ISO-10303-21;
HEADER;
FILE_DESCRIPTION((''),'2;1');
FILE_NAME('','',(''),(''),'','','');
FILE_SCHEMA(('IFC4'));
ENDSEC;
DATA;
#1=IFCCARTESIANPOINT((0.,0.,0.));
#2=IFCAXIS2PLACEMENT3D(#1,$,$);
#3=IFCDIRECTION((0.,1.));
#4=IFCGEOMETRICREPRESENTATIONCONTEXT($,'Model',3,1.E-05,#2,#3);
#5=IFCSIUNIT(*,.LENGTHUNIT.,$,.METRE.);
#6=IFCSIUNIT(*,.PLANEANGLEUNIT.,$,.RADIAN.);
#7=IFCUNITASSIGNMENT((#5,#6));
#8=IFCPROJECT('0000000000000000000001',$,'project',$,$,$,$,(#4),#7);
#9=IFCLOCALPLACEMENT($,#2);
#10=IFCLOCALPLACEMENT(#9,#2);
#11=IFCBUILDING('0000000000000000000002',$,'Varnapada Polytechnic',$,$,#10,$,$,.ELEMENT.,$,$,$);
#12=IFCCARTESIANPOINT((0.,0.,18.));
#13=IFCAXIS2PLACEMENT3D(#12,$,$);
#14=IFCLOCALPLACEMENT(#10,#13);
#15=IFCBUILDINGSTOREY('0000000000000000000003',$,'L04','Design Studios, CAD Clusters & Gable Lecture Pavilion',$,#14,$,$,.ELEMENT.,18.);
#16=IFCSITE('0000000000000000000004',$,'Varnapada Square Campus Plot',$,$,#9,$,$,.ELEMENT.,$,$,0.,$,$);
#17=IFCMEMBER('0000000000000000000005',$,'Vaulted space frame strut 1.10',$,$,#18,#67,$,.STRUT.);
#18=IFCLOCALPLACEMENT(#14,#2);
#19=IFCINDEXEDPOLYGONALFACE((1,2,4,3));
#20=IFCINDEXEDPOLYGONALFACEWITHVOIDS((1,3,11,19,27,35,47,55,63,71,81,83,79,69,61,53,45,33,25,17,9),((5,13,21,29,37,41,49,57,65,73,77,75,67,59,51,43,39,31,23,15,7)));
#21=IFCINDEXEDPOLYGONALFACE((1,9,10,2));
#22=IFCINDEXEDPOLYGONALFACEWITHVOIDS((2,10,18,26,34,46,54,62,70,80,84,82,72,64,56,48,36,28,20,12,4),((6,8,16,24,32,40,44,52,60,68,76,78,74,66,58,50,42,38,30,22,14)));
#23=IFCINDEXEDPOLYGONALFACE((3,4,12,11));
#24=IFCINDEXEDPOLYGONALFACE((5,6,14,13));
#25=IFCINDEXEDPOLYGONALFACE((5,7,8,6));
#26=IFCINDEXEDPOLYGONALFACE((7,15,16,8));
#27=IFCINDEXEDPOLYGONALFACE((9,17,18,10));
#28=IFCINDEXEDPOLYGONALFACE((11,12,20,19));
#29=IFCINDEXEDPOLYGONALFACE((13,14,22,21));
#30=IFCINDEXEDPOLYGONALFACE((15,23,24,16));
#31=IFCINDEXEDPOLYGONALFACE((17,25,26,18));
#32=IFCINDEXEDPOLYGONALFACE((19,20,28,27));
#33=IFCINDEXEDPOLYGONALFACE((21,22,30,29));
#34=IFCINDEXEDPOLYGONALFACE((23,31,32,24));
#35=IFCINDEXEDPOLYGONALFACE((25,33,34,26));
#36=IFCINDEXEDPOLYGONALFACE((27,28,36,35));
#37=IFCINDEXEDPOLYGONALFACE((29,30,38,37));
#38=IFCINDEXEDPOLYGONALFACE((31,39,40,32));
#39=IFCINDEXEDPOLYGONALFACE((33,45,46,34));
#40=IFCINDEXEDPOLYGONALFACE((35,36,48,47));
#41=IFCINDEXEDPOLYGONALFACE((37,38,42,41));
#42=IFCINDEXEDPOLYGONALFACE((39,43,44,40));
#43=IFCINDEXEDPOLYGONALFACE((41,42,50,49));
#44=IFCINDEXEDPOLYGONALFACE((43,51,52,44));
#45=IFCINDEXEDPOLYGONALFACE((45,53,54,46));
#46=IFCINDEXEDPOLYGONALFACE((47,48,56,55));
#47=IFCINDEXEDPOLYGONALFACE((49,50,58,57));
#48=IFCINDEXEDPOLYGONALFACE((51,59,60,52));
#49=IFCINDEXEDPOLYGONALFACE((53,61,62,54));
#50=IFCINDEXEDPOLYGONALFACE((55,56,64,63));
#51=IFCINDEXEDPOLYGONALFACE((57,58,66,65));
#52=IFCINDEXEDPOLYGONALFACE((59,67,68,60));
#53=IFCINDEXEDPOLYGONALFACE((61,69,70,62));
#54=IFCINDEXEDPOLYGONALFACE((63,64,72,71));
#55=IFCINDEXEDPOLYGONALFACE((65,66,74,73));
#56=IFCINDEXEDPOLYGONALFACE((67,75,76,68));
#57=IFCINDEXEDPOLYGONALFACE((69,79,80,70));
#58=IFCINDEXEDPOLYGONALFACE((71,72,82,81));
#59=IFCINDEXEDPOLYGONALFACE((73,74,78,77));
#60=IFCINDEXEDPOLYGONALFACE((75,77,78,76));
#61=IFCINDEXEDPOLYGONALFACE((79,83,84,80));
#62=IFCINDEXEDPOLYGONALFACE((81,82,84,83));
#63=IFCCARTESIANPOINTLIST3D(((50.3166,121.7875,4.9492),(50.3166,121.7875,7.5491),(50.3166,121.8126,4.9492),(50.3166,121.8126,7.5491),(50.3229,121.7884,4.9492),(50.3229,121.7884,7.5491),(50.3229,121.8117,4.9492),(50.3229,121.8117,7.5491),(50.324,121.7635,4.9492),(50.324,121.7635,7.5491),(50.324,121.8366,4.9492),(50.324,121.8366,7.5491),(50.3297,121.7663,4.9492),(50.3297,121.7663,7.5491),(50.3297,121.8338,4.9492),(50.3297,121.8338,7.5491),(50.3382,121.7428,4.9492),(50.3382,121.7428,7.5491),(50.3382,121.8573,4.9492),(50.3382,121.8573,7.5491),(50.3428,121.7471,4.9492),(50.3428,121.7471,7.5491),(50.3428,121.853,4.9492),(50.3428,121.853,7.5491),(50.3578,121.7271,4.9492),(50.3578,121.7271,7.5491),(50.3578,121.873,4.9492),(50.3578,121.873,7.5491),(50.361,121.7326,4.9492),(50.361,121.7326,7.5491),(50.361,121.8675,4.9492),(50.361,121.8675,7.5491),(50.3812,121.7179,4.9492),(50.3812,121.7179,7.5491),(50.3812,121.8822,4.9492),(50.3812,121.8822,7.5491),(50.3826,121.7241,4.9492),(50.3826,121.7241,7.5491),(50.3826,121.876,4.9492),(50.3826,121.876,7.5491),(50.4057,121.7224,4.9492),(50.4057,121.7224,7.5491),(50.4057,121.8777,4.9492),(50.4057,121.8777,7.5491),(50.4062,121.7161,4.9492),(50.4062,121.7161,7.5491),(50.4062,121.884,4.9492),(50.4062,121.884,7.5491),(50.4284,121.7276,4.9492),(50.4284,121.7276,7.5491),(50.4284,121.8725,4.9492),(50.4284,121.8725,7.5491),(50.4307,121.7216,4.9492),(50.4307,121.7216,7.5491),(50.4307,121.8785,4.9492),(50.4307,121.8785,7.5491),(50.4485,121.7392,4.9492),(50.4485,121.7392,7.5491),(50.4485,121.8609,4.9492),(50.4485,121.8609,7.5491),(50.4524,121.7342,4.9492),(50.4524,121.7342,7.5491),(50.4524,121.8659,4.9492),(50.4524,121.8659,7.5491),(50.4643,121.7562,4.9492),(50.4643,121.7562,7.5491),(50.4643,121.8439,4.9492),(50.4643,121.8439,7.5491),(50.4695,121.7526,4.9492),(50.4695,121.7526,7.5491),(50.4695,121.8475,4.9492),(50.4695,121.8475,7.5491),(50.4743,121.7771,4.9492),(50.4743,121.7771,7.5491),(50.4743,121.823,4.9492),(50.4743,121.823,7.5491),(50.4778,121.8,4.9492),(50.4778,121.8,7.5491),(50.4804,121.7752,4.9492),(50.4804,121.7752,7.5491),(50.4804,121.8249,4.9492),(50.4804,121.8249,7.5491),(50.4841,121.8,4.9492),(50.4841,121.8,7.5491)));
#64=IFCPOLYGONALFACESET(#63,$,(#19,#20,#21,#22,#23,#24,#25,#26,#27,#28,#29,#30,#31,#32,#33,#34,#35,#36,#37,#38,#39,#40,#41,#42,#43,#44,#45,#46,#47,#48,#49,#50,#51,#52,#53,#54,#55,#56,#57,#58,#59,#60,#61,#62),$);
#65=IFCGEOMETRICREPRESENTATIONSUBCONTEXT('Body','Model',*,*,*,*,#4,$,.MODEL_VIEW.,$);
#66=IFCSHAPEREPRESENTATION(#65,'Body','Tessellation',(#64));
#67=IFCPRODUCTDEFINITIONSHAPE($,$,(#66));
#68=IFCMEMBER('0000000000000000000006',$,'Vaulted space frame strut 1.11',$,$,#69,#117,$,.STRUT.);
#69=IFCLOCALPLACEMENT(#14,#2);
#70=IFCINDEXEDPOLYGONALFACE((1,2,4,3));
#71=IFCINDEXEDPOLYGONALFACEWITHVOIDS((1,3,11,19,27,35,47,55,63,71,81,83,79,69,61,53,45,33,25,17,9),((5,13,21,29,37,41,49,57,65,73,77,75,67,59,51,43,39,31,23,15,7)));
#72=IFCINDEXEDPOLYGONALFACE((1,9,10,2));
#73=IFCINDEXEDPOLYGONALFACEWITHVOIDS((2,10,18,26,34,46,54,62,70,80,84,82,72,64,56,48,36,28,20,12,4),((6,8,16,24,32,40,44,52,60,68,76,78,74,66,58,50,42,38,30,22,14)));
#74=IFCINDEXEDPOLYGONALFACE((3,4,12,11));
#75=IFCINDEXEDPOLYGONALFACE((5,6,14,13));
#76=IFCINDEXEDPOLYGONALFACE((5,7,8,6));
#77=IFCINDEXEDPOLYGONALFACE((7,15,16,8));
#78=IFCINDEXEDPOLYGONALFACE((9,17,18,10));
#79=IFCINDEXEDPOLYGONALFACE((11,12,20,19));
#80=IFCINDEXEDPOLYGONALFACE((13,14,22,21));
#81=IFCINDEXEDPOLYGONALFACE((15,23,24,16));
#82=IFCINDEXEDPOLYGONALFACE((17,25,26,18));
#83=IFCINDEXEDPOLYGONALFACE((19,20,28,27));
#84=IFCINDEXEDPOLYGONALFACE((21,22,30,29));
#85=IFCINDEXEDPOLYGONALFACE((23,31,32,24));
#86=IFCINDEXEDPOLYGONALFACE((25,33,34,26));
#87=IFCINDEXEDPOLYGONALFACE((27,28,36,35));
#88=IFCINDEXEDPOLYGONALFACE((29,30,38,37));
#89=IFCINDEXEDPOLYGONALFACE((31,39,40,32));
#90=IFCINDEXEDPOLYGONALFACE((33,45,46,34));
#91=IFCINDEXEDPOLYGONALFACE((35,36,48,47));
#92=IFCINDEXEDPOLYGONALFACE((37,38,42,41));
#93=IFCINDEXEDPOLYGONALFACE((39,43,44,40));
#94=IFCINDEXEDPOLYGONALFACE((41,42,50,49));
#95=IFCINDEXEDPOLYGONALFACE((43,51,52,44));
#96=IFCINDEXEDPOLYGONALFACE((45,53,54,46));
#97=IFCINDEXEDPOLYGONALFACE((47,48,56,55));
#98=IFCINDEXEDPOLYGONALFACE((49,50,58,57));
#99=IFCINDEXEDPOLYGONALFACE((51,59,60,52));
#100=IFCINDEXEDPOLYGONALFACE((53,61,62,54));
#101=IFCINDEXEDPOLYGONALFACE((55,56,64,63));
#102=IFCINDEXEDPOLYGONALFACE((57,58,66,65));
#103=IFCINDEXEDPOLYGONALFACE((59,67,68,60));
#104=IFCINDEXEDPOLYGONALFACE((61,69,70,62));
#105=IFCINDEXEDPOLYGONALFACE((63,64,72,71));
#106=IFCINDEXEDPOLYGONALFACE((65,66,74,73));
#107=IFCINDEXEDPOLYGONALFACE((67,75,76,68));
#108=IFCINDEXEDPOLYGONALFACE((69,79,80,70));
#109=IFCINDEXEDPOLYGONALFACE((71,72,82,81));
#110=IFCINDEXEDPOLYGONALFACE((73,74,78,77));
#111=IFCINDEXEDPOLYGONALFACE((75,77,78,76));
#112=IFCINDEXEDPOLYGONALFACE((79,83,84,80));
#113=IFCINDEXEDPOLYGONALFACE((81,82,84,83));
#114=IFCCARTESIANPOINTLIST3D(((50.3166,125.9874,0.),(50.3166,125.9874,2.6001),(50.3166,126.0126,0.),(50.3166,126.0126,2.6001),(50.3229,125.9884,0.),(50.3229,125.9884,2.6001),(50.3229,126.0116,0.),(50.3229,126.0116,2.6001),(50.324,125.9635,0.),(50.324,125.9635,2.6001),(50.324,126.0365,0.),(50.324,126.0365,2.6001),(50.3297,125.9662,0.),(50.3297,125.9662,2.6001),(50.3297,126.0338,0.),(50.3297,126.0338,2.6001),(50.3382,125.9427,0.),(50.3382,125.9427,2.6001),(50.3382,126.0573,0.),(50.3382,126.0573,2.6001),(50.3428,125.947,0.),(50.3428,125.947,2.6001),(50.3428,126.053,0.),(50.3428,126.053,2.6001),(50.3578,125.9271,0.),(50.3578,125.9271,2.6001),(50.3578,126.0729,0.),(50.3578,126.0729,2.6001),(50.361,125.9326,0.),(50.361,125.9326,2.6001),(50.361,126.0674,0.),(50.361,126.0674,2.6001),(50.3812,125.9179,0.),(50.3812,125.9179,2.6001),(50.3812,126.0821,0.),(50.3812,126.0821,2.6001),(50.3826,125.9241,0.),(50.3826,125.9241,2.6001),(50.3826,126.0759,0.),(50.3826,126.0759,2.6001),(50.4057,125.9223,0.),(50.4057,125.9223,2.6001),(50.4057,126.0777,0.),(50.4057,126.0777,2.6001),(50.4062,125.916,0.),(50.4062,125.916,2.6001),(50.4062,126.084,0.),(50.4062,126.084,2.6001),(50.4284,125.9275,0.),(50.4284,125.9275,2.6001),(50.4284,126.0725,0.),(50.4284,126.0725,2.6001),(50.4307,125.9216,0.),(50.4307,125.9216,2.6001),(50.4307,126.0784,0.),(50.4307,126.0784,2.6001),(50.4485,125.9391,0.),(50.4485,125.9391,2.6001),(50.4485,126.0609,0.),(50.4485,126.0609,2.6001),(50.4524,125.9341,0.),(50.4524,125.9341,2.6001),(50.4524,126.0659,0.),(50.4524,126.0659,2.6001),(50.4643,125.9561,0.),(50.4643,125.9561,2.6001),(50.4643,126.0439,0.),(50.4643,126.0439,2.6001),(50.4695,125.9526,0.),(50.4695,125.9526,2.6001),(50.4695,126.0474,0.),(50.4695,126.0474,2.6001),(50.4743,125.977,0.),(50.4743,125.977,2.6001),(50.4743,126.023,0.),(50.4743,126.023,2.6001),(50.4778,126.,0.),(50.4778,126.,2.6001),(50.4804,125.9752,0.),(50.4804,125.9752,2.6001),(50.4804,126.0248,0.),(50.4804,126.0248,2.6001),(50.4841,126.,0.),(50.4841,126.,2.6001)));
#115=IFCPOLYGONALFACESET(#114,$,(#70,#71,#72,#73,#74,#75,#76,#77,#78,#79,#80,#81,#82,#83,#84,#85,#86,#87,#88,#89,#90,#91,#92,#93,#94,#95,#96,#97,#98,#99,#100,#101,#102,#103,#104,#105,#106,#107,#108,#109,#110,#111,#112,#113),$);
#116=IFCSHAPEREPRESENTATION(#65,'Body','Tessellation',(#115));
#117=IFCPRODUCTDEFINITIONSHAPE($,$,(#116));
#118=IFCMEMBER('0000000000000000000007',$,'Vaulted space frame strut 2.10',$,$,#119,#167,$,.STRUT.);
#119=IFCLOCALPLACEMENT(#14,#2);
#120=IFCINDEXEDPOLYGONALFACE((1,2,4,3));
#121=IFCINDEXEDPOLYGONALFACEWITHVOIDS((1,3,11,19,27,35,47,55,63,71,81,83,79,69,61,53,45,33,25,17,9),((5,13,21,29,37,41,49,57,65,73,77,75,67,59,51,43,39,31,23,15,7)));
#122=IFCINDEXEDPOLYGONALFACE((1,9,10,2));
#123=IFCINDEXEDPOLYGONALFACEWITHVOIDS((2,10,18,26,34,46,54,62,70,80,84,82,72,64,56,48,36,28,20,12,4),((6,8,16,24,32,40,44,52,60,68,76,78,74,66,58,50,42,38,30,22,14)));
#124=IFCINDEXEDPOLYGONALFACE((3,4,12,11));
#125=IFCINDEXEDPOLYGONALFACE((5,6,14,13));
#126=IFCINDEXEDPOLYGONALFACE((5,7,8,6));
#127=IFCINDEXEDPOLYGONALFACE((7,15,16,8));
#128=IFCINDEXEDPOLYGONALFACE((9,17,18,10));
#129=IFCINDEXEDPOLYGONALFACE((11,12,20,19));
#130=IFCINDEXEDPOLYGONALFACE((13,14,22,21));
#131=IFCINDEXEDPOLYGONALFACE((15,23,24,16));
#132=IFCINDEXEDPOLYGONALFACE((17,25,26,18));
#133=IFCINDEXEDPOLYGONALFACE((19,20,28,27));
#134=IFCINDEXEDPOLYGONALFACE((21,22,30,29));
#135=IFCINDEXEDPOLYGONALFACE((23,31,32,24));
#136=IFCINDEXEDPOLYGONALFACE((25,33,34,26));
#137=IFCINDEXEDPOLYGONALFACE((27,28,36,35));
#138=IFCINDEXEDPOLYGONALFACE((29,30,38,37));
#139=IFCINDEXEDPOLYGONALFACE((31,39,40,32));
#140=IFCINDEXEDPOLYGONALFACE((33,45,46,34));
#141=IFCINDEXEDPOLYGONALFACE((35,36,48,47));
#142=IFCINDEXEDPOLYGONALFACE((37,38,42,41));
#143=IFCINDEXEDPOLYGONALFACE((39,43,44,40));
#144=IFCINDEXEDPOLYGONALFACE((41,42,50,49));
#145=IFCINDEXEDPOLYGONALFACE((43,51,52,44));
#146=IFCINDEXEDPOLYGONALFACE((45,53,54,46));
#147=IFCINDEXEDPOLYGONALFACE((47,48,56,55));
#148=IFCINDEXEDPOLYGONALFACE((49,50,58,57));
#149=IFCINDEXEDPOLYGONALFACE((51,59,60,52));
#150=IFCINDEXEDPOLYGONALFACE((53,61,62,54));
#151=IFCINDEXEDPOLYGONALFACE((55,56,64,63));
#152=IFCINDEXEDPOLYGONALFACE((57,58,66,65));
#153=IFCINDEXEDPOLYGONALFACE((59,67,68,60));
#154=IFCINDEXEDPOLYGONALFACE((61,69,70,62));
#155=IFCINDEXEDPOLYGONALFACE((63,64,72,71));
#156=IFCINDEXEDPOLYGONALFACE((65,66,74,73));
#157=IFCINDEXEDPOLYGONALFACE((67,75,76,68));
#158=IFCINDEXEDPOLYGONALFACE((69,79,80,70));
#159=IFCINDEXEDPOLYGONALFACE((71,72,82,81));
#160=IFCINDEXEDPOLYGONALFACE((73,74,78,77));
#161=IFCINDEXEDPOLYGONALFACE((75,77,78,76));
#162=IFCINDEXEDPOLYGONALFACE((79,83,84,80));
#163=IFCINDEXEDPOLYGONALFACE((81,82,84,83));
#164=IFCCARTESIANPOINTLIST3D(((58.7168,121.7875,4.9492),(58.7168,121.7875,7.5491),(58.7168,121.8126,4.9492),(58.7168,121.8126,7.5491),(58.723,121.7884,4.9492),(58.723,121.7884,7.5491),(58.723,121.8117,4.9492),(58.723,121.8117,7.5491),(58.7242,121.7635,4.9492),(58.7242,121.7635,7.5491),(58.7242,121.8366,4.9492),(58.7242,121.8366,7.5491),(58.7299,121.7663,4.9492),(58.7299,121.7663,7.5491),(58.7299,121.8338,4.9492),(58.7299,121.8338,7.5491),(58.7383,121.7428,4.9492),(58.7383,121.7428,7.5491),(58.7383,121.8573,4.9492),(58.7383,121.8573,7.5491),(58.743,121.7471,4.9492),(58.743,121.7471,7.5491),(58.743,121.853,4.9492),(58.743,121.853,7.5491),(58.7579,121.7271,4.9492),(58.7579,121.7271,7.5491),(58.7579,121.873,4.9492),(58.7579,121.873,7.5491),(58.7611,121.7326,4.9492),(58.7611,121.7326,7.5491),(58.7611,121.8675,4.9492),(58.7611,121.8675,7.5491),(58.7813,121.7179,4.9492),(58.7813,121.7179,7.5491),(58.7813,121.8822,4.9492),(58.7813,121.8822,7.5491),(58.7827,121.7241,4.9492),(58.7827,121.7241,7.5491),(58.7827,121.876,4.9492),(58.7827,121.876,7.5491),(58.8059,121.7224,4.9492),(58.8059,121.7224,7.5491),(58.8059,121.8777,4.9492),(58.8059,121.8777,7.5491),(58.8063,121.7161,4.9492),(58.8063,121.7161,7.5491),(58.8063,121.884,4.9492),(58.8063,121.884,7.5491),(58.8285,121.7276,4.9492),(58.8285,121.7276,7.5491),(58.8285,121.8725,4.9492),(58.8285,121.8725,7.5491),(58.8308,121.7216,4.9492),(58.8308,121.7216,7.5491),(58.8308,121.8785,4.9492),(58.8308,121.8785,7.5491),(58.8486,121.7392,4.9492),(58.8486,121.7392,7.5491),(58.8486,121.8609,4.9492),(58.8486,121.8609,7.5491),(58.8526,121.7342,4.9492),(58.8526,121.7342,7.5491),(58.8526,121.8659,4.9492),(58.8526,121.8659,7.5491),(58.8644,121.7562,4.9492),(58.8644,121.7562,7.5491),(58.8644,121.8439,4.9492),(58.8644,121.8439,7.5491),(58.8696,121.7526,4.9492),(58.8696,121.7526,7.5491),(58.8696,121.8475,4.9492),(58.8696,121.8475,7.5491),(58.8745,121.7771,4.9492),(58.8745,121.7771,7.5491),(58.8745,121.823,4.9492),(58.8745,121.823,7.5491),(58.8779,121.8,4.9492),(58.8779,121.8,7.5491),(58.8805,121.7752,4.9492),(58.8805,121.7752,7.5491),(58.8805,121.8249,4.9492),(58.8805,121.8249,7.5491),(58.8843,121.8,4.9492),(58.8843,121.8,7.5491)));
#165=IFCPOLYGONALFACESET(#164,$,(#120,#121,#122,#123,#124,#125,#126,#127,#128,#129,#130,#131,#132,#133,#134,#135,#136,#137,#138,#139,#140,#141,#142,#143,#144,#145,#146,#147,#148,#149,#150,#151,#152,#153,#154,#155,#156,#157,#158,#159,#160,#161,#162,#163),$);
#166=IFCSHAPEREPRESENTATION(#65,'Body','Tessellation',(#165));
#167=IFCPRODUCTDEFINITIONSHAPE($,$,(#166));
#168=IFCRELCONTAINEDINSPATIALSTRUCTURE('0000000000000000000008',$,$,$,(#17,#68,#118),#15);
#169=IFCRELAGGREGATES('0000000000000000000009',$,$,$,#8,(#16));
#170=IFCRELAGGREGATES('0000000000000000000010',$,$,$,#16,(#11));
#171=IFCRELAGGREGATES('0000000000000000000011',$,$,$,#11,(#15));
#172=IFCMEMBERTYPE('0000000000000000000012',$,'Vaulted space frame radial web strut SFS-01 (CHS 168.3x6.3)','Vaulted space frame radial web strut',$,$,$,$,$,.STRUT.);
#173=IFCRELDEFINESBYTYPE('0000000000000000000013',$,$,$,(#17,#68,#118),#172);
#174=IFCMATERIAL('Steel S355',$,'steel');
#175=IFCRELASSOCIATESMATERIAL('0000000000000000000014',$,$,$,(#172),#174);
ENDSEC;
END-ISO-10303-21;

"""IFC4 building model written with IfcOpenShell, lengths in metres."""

from ifc_helpers import new_model, si_unit, direction, frame, origin, origin_2d, place, context, subcontext, project, spatial, hollow_circle, extrude, material, material_profile, profile_set, type_object, element, save


model = new_model("IFC4")

# Units and contexts
model_context = context("Model", 3, precision=1e-05, world=origin(), true_north=direction((0.0, 1.0)))
body_context = subcontext(model_context, "Body", "Model", "MODEL_VIEW")
ifc_project = project(units=[si_unit("LENGTHUNIT", "METRE"), si_unit("PLANEANGLEUNIT", "RADIAN")], contexts=[model_context])

# Site, building, storey
site_placement = place(None, origin())
site = spatial("IfcSite", under=ifc_project, at=site_placement, Name="Varnapada Square Campus Plot", CompositionType="ELEMENT", RefElevation=0.0)
building_placement = place(site_placement, origin())
building = spatial("IfcBuilding", under=site, at=building_placement, Name="Varnapada Polytechnic", CompositionType="ELEMENT")
storey_placement = place(building_placement, frame((0.0, 0.0, 18.0)))
storey = spatial("IfcBuildingStorey", under=building, at=storey_placement, Name="L04", Description="Design Studios, CAD Clusters & Gable Lecture Pavilion", CompositionType="ELEMENT", Elevation=18.0)

# Shared definitions
ifc_material = material(Name="Steel S355", Category="steel")

# Members
ifc_material_profile_1 = material_profile(ifc_material, hollow_circle(Radius=0.0842, WallThickness=0.0063, at=origin_2d()), Name="CHS 168.3x6.3")
ifc_profile_set_1 = profile_set([ifc_material_profile_1], Name="Steel S355")
member_type_1 = type_object("IfcMemberType", Name="Vaulted space frame radial web strut SFS-01 (CHS 168.3x6.3)", Description="Vaulted space frame radial web strut", PredefinedType="STRUT", material=ifc_profile_set_1)
member_1_placement = place(storey_placement, frame((50.3999, 121.8, 4.9492), z_axis=(0.0, 0.0, 1.0), x_axis=(1.0, 0.0, 0.0)))
element("IfcMember", 1, at=member_1_placement, inside=storey, type_object=member_type_1, Name="Vaulted space frame strut 1.10", PredefinedType="STRUT", context=body_context, shape_type="SweptSolid", body=[
    extrude(hollow_circle(Radius=0.0842, WallThickness=0.0063, at=origin_2d()), origin(), (0.0, 0.0, 1.0), 2.5999),
])
member_2_placement = place(storey_placement, frame((50.3999, 126.0, 0.0), z_axis=(0.0, 0.0, 1.0), x_axis=(1.0, 0.0, 0.0)))
element("IfcMember", 2, at=member_2_placement, inside=storey, type_object=member_type_1, Name="Vaulted space frame strut 1.11", PredefinedType="STRUT", context=body_context, shape_type="SweptSolid", body=[
    extrude(hollow_circle(Radius=0.0842, WallThickness=0.0063, at=origin_2d()), origin(), (0.0, 0.0, 1.0), 2.6001),
])
member_3_placement = place(storey_placement, frame((58.8, 121.8, 4.9492), z_axis=(0.0, 0.0, 1.0), x_axis=(1.0, 0.0, 0.0)))
element("IfcMember", 3, at=member_3_placement, inside=storey, type_object=member_type_1, Name="Vaulted space frame strut 2.10", PredefinedType="STRUT", context=body_context, shape_type="SweptSolid", body=[
    extrude(hollow_circle(Radius=0.0842, WallThickness=0.0063, at=origin_2d()), origin(), (0.0, 0.0, 1.0), 2.5999),
])

save(model, "model.ifc")
